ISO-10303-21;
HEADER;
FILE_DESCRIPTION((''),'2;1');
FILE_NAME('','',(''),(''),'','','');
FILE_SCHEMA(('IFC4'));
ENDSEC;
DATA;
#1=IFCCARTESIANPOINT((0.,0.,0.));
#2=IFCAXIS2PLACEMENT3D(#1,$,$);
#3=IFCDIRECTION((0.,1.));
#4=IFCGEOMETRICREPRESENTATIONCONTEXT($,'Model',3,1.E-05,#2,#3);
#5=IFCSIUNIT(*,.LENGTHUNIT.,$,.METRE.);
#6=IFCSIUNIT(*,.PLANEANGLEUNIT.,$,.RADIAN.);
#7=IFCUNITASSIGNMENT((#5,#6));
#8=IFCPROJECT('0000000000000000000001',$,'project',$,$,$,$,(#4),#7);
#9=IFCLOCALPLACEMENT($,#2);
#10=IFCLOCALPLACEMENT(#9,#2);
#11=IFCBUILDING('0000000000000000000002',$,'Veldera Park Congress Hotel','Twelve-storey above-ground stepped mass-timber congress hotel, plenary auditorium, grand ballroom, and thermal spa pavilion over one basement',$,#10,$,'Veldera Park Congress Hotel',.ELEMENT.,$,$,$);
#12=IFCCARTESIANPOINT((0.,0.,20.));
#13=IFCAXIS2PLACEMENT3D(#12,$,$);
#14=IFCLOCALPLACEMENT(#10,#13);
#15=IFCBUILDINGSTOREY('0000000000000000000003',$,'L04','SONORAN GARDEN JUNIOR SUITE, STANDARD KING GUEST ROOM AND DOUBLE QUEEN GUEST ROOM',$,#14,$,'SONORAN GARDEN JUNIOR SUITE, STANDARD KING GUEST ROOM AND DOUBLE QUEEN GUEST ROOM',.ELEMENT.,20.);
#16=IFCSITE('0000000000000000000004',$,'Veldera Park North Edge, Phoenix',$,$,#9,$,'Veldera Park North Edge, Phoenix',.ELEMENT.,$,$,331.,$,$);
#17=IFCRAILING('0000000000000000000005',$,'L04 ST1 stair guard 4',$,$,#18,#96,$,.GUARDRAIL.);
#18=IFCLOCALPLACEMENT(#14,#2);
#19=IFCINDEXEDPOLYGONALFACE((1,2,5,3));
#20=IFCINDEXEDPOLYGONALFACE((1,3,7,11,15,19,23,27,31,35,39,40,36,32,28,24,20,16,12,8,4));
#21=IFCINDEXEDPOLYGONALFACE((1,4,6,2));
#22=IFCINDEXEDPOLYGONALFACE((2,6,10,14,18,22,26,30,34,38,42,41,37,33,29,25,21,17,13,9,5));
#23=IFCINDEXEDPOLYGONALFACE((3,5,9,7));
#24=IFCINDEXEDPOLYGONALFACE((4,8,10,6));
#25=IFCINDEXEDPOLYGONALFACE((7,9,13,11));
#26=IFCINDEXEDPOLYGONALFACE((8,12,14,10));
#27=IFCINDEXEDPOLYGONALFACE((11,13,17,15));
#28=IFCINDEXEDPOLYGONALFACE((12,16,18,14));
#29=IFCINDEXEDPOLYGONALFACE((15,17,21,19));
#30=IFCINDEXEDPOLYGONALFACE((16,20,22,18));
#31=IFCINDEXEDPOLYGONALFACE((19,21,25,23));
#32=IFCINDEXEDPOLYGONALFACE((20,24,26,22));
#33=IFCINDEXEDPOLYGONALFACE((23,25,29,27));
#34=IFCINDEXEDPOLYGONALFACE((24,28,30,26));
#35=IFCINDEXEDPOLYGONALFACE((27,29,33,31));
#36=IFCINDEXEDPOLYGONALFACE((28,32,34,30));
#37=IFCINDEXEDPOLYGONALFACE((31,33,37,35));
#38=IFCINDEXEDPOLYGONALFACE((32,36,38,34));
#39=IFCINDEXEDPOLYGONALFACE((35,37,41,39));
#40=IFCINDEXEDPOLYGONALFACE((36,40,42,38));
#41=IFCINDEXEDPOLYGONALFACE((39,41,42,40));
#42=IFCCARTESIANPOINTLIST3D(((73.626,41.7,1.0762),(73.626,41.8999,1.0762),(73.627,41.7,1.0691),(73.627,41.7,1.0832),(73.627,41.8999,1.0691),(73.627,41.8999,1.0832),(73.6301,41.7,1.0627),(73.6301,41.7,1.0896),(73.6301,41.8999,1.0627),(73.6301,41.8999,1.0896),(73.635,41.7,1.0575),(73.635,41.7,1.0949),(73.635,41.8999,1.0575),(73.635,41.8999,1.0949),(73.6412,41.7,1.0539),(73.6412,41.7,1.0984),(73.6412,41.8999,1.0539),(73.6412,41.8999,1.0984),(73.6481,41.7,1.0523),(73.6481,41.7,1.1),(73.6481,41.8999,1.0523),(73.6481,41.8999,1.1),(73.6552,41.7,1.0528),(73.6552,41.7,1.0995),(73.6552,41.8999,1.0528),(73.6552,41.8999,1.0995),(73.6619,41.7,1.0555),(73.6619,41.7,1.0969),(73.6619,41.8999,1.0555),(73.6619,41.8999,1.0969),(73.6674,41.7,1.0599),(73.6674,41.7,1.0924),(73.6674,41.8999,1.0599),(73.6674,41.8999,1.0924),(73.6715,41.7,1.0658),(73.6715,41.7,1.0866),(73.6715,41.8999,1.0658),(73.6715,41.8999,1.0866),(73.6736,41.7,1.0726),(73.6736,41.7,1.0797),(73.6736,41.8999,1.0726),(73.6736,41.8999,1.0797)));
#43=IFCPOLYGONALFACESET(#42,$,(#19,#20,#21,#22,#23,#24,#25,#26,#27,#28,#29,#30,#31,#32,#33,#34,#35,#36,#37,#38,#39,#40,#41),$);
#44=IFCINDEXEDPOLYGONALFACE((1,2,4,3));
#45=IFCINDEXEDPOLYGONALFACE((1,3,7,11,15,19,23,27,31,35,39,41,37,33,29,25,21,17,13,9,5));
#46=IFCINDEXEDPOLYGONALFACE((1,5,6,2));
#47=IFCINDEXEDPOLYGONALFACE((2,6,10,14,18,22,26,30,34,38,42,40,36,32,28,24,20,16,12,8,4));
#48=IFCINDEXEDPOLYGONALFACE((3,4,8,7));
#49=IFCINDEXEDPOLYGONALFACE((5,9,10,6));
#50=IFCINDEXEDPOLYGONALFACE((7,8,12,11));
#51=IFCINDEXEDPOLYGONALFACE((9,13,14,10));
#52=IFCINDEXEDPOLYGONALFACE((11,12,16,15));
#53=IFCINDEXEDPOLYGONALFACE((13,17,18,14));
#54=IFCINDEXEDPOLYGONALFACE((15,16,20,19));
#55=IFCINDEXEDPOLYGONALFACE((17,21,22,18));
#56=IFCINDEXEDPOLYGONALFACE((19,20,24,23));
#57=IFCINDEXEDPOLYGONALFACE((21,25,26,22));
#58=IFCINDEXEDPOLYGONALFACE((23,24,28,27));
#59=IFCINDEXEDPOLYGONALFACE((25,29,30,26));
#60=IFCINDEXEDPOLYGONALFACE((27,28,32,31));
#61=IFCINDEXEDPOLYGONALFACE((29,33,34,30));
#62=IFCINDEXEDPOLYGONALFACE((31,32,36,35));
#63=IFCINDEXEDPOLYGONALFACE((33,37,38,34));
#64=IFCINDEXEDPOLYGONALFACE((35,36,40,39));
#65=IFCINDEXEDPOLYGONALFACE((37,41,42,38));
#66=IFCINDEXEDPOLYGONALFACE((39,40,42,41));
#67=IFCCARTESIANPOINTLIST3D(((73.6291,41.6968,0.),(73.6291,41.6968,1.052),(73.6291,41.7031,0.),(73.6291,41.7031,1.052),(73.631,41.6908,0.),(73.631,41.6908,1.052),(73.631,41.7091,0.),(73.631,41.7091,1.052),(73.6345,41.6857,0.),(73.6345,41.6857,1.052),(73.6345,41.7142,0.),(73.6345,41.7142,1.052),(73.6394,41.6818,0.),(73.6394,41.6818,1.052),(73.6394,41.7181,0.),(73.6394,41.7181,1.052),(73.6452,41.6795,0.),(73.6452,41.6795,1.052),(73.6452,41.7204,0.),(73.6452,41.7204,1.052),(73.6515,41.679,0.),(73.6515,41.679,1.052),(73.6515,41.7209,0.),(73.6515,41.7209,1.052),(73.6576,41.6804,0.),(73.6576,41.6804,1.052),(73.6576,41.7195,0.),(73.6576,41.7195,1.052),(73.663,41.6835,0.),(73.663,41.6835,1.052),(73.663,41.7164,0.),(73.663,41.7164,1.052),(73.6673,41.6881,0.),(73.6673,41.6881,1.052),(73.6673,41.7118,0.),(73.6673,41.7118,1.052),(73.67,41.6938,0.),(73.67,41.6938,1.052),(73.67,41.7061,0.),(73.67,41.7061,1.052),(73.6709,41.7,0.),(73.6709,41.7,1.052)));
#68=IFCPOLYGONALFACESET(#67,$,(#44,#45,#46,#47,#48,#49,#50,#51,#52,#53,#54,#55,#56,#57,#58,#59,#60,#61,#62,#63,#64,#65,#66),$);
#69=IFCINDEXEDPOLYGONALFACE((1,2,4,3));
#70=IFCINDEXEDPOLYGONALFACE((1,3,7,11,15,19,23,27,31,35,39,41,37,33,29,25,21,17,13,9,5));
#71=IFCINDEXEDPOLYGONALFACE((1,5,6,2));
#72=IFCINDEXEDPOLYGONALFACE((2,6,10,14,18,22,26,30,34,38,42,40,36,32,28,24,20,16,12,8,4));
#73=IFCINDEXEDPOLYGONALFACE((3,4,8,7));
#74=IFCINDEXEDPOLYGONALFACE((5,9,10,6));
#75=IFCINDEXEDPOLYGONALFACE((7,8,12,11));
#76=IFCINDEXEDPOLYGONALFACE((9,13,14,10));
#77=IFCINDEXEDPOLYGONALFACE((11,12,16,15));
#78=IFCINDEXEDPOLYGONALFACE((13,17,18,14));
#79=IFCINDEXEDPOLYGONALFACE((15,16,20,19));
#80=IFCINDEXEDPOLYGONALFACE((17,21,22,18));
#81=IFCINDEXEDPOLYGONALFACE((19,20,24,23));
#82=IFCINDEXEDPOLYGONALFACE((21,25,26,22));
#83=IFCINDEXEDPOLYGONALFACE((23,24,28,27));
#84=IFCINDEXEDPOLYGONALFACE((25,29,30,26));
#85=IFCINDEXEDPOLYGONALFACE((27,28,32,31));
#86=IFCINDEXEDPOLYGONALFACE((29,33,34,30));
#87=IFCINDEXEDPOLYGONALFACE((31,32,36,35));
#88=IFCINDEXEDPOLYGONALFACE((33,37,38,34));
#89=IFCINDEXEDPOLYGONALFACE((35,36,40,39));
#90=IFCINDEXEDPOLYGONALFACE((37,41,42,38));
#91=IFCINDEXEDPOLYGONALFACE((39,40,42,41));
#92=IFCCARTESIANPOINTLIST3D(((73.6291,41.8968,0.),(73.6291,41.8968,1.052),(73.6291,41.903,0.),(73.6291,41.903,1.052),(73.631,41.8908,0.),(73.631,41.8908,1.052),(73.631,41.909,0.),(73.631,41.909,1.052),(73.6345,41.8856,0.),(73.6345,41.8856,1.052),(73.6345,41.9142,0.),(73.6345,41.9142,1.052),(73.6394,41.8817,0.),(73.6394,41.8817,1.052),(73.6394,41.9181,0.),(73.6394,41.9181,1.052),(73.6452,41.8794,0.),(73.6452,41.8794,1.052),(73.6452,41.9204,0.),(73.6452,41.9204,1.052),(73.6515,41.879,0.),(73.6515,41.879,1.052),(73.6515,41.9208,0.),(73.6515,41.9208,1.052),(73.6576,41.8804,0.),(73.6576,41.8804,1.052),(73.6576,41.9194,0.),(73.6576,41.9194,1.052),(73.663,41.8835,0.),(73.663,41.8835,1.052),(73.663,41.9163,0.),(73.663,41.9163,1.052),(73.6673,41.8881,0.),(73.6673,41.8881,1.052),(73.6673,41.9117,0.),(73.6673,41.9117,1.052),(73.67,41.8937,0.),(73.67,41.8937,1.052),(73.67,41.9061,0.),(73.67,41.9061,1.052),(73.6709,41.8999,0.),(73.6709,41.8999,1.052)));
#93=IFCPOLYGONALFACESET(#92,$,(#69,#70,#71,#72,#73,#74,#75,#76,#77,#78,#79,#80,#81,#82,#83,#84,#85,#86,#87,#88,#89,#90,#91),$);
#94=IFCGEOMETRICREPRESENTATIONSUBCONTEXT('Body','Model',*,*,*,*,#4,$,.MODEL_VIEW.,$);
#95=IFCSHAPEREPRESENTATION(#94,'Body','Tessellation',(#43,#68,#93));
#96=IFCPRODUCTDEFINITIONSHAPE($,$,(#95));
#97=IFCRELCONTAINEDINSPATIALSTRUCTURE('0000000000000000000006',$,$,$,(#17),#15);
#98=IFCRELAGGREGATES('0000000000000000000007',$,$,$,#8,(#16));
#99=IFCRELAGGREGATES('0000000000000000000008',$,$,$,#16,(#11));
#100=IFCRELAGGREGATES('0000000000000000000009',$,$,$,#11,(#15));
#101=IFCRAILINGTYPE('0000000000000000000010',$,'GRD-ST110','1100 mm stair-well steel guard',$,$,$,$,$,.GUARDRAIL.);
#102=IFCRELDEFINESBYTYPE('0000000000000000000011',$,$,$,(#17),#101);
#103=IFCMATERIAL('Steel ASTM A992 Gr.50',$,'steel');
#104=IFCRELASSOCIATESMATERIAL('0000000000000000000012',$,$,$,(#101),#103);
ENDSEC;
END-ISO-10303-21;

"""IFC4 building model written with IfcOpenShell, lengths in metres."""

from ifc_helpers import new_model, si_unit, direction, frame, origin, origin_2d, place, context, subcontext, project, spatial, circle, extrude, material, type_object, element, save


model = new_model("IFC4")

# Units and contexts
model_context = context("Model", 3, precision=1e-05, world=origin(), true_north=direction((0.0, 1.0)))
body_context = subcontext(model_context, "Body", "Model", "MODEL_VIEW")
ifc_project = project(units=[si_unit("LENGTHUNIT", "METRE"), si_unit("PLANEANGLEUNIT", "RADIAN")], contexts=[model_context])

# Site, building, storey
site_placement = place(None, origin())
site = spatial("IfcSite", under=ifc_project, at=site_placement, Name="Veldera Park North Edge, Phoenix", LongName="Veldera Park North Edge, Phoenix", CompositionType="ELEMENT", RefElevation=331.0)
building_placement = place(site_placement, origin())
building = spatial("IfcBuilding", under=site, at=building_placement, Name="Veldera Park Congress Hotel", Description="Twelve-storey above-ground stepped mass-timber congress hotel, plenary auditorium, grand ballroom, and thermal spa pavilion over one basement", LongName="Veldera Park Congress Hotel", CompositionType="ELEMENT")
storey_placement = place(building_placement, frame((0.0, 0.0, 20.0)))
storey = spatial("IfcBuildingStorey", under=building, at=storey_placement, Name="L04", Description="SONORAN GARDEN JUNIOR SUITE, STANDARD KING GUEST ROOM AND DOUBLE QUEEN GUEST ROOM", LongName="SONORAN GARDEN JUNIOR SUITE, STANDARD KING GUEST ROOM AND DOUBLE QUEEN GUEST ROOM", CompositionType="ELEMENT", Elevation=20.0)

# Railing
ifc_material_1 = material(Name="Steel ASTM A992 Gr.50", Category="steel")
railing_type_1 = type_object("IfcRailingType", Name="GRD-ST110", Description="1100 mm stair-well steel guard", PredefinedType="GUARDRAIL", material=ifc_material_1)
railing_1_placement = place(storey_placement, frame((73.6499, 41.7, 0.0)))
element("IfcRailing", 1, at=railing_1_placement, inside=storey, type_object=railing_type_1, Name="L04 ST1 stair guard 4", PredefinedType="GUARDRAIL", context=body_context, shape_type="SweptSolid", body=[
    extrude(circle(Radius=0.0239, at=origin_2d()), frame((0.0, 0.0, 1.0762), z_axis=(0.0, 1.0, 0.0), x_axis=(-1.0, 0.0, 0.0)), (0.0, 0.0, 1.0), 0.2),
    extrude(circle(Radius=0.021, at=origin_2d()), origin(), (0.0, 0.0, 1.0), 1.052),
    extrude(circle(Radius=0.021, at=origin_2d()), frame((0.0, 0.2, 0.0)), (0.0, 0.0, 1.0), 1.052),
])

save(model, "model.ifc")
